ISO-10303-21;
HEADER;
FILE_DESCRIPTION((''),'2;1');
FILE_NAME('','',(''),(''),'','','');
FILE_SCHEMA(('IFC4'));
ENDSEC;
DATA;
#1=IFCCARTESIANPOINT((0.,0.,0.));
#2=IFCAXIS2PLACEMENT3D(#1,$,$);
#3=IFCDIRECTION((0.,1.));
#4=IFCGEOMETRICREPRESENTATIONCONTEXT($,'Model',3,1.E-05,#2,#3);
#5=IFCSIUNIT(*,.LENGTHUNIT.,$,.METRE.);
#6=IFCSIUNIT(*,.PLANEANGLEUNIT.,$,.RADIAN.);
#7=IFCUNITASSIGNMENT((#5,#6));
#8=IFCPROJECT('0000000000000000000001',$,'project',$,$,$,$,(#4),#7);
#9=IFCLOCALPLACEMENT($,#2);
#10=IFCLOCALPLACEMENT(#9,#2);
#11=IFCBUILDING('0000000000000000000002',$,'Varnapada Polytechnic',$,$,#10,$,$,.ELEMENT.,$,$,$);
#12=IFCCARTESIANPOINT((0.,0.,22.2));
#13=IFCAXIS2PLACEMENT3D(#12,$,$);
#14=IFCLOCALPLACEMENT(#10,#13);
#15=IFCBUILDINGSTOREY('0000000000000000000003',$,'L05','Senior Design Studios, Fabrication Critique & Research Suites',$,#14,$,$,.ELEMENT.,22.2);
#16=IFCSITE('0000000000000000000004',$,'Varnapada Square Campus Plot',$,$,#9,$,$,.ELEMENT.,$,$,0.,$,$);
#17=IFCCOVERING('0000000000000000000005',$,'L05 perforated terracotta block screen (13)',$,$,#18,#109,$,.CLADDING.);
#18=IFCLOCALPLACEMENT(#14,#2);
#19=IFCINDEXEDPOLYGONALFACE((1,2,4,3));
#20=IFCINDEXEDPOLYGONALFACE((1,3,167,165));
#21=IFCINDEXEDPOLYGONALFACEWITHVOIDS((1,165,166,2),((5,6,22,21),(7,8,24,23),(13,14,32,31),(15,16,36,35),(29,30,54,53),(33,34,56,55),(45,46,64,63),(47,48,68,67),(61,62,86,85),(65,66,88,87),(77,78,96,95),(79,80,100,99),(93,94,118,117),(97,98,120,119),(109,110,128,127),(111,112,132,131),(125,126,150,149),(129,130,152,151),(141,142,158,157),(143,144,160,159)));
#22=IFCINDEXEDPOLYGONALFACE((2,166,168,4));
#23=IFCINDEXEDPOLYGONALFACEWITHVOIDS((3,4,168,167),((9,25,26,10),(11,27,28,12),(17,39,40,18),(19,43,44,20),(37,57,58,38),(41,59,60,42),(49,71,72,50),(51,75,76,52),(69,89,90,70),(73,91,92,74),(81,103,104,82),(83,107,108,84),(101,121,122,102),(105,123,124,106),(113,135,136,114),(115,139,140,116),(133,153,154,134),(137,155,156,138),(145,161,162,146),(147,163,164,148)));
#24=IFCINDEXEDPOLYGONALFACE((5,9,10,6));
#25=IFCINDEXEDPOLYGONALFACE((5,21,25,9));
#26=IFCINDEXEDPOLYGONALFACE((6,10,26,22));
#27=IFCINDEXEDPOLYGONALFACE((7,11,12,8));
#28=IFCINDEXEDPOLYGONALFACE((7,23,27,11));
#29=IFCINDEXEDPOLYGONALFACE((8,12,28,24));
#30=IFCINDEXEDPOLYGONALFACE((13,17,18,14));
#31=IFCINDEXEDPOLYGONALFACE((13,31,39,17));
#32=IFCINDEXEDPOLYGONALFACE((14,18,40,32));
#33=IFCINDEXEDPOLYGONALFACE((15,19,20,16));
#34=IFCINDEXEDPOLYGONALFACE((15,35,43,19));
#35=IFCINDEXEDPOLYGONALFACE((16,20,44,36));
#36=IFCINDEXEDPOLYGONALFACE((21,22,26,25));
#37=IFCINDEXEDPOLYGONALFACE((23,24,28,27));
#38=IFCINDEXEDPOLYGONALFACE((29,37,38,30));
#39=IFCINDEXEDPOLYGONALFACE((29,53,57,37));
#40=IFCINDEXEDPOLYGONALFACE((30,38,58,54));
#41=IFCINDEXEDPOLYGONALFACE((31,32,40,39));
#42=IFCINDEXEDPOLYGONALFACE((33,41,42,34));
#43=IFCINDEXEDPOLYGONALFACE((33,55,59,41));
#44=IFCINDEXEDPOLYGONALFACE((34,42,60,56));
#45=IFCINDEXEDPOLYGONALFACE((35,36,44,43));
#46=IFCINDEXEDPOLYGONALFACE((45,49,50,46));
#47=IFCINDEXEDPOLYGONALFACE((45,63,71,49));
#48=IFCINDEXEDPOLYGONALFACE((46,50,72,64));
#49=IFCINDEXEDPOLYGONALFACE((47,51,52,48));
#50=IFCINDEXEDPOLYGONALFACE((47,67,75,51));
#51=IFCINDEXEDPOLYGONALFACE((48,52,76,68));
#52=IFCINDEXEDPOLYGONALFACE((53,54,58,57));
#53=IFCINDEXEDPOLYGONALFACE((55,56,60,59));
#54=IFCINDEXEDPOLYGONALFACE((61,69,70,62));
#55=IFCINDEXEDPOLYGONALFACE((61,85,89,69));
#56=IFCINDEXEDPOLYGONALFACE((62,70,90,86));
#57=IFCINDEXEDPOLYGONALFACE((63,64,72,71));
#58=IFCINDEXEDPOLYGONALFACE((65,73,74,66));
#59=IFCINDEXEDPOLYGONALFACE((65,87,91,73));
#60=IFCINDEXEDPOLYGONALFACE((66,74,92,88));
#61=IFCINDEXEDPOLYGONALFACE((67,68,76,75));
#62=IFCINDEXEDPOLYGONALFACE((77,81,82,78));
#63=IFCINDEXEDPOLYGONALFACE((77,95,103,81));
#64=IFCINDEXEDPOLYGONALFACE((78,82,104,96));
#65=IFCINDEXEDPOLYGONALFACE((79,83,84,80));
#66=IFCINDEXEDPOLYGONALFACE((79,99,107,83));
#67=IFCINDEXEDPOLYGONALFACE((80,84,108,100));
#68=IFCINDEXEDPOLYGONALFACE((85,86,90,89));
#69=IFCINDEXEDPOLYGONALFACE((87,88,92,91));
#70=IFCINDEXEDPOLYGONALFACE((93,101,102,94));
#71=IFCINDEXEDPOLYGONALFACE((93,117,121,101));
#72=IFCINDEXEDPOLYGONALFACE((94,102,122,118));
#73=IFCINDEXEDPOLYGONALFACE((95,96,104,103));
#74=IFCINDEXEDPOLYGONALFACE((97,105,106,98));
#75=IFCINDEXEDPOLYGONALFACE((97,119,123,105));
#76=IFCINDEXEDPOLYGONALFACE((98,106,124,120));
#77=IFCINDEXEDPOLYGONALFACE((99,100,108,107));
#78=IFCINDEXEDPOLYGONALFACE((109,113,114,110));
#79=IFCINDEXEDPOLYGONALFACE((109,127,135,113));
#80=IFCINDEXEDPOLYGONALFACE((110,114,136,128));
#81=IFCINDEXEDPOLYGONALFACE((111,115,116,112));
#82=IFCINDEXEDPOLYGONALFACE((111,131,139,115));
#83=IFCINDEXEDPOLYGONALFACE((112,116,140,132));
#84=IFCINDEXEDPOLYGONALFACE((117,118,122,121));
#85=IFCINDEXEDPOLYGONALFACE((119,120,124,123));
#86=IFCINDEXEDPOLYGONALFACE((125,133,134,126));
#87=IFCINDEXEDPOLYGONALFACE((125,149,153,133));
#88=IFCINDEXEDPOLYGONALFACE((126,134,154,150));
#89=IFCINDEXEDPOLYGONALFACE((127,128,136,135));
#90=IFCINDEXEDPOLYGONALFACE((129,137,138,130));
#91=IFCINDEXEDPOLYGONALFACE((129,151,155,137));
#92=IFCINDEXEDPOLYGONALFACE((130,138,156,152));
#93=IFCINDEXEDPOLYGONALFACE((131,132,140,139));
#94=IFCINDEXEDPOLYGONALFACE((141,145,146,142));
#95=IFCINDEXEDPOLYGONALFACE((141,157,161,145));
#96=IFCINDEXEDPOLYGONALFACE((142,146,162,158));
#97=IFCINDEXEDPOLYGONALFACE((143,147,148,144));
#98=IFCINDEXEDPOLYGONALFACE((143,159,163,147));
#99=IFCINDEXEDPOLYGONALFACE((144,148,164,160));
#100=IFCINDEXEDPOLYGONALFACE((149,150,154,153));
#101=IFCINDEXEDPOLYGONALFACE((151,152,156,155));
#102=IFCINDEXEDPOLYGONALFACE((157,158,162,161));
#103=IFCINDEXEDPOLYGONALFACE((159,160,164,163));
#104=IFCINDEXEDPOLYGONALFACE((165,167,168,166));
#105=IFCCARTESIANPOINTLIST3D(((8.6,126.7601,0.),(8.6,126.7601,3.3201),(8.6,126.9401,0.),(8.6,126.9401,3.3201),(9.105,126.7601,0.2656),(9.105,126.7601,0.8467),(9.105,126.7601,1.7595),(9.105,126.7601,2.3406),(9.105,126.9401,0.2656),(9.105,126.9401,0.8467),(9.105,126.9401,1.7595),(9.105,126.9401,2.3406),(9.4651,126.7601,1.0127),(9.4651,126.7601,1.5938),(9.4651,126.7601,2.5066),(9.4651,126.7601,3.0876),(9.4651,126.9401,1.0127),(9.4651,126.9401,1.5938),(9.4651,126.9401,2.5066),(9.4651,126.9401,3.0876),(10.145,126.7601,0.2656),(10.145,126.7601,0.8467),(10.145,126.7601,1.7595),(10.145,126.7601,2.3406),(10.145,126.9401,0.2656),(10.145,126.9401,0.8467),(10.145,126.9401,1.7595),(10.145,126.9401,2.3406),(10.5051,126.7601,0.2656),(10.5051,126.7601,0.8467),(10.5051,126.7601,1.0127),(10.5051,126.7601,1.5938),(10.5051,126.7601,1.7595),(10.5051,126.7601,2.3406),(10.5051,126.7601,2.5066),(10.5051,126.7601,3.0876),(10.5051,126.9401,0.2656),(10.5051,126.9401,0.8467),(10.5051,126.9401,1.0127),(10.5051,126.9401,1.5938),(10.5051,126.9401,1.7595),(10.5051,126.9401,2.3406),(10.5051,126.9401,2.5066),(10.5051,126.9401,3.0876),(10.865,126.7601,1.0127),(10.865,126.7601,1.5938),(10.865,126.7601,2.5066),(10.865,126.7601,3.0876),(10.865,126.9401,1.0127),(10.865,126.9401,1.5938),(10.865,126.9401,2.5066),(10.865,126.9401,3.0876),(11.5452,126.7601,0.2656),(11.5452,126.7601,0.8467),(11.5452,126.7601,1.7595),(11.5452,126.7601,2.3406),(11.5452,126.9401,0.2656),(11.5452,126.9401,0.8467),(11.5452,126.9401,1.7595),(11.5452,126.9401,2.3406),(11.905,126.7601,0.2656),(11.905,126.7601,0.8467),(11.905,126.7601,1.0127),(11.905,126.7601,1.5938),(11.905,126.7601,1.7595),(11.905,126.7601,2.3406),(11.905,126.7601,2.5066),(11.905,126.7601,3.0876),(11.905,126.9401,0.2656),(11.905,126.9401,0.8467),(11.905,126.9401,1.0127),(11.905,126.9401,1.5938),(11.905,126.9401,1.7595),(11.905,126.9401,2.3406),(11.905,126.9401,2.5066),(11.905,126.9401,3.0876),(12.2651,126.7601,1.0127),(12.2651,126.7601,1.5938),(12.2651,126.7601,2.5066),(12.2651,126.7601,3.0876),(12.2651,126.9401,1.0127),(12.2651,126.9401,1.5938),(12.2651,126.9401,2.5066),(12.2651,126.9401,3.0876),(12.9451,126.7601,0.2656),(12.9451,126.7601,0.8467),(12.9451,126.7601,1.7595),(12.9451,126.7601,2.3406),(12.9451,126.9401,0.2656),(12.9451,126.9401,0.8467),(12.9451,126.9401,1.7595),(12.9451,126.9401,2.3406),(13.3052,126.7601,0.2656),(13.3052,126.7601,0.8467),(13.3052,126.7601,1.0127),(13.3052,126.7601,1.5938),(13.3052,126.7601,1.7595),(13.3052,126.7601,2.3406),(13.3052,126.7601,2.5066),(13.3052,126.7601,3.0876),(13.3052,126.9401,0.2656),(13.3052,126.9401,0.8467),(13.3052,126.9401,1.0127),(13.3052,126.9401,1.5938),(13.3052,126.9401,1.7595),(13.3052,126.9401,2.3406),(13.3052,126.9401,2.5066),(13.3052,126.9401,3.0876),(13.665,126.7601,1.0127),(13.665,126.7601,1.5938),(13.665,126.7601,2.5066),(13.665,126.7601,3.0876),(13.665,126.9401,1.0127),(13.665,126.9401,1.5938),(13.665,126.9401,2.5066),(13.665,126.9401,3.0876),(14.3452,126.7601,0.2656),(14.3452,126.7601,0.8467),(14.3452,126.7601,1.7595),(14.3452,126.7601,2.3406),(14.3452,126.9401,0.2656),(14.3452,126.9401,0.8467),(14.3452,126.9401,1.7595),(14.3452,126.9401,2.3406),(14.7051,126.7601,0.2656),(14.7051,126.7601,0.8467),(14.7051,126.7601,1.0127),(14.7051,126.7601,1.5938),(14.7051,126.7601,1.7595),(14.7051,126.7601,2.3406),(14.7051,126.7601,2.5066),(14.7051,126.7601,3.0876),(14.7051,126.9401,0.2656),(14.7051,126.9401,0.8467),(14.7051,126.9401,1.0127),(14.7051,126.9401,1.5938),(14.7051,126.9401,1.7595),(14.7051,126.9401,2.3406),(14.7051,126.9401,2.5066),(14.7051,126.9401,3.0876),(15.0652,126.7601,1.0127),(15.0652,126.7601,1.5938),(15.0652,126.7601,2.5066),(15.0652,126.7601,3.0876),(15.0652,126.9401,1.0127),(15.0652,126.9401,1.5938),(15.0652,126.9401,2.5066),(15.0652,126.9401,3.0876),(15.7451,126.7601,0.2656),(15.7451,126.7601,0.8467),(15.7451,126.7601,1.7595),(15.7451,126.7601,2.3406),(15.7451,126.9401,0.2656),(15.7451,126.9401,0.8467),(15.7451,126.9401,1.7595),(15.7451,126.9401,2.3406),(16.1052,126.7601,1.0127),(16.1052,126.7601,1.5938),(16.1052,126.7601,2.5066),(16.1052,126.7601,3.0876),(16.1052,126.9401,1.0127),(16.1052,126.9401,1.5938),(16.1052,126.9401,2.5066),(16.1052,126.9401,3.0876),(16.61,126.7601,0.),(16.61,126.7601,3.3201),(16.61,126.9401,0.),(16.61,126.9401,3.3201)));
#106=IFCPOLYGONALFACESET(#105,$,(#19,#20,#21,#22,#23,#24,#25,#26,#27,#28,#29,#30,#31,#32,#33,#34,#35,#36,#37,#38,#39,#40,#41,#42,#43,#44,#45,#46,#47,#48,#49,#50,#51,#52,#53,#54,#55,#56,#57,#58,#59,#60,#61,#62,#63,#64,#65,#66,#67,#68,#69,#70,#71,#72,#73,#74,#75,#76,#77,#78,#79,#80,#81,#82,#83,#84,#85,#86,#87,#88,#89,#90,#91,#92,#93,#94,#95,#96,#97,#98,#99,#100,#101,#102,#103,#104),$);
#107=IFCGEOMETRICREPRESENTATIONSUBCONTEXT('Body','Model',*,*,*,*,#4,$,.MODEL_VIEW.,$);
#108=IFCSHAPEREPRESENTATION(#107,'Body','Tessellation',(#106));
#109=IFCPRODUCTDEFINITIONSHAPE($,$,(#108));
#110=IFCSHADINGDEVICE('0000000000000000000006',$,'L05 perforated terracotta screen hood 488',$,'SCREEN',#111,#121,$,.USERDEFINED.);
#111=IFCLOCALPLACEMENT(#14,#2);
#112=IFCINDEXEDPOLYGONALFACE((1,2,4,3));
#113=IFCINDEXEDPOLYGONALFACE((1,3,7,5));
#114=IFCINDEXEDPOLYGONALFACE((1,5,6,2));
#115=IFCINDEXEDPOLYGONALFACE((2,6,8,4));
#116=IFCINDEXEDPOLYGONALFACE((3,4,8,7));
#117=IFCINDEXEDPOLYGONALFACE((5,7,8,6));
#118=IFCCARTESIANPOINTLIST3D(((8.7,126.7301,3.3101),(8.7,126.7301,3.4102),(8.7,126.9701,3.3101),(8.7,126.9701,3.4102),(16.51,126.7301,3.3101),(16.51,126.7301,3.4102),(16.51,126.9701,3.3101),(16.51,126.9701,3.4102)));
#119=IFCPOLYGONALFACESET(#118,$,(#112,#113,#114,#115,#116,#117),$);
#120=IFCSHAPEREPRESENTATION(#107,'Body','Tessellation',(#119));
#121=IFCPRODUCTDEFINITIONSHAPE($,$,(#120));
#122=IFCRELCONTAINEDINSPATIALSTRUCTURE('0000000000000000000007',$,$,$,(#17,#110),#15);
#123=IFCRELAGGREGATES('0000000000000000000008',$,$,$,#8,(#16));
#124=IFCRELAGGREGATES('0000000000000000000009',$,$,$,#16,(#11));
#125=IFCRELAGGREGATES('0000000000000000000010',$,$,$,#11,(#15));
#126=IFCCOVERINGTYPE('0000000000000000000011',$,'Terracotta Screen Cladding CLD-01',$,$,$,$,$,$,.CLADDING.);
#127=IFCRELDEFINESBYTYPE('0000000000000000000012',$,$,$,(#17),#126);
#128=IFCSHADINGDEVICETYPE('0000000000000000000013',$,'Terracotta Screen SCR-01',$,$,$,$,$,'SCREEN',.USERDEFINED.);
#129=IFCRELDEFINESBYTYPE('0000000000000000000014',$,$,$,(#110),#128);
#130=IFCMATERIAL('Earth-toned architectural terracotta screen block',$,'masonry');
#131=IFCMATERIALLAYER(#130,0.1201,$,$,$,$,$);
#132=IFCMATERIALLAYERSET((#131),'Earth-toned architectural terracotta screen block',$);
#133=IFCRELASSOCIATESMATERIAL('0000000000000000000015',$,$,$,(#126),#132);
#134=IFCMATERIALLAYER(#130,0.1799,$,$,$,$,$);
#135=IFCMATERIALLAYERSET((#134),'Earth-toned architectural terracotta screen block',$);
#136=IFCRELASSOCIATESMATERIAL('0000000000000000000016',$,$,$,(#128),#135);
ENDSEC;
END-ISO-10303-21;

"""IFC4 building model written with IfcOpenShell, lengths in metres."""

from ifc_helpers import new_model, si_unit, direction, frame, frame_2d, origin, origin_2d, place, context, subcontext, project, spatial, rectangle, extrude, material, layer, layer_set, type_object, element, save


model = new_model("IFC4")

# Units and contexts
model_context = context("Model", 3, precision=1e-05, world=origin(), true_north=direction((0.0, 1.0)))
body_context = subcontext(model_context, "Body", "Model", "MODEL_VIEW")
ifc_project = project(units=[si_unit("LENGTHUNIT", "METRE"), si_unit("PLANEANGLEUNIT", "RADIAN")], contexts=[model_context])

# Site, building, storey
site_placement = place(None, origin())
site = spatial("IfcSite", under=ifc_project, at=site_placement, Name="Varnapada Square Campus Plot", CompositionType="ELEMENT", RefElevation=0.0)
building_placement = place(site_placement, origin())
building = spatial("IfcBuilding", under=site, at=building_placement, Name="Varnapada Polytechnic", CompositionType="ELEMENT")
storey_placement = place(building_placement, frame((0.0, 0.0, 22.2)))
storey = spatial("IfcBuildingStorey", under=building, at=storey_placement, Name="L05", Description="Senior Design Studios, Fabrication Critique & Research Suites", CompositionType="ELEMENT", Elevation=22.2)

# Covering, openings
ifc_material_1 = material(Name="Earth-toned architectural terracotta screen block", Category="masonry")
ifc_layer_1 = layer(ifc_material_1, 0.1201)
ifc_layer_set_1 = layer_set([ifc_layer_1], Name="Earth-toned architectural terracotta screen block")
covering_type_1 = type_object("IfcCoveringType", Name="Terracotta Screen Cladding CLD-01", PredefinedType="CLADDING", material=ifc_layer_set_1)
covering_1_placement = place(storey_placement, frame((8.6001, 126.8501, 0.0), z_axis=(0.0, 0.0, 1.0), x_axis=(1.0, 0.0, 0.0)))
covering_1 = element("IfcCovering", 1, at=covering_1_placement, inside=storey, type_object=covering_type_1, Name="L05 perforated terracotta block screen (13)", PredefinedType="CLADDING", context=body_context, shape_type="SweptSolid", body=[
    extrude(rectangle(XDim=8.01, YDim=0.1799, at=frame_2d((4.0049, 0.0))), origin(), (0.0, 0.0, 1.0), 3.3201),
])
opening_1_placement = place(covering_1_placement, frame((0.5049, 0.0, 0.2656)))
element("IfcOpeningElement", 2, at=opening_1_placement, cuts=covering_1, PredefinedType="OPENING", context=body_context, shape_type="SweptSolid", body=[
    extrude(rectangle(XDim=1.04, YDim=0.5811, at=frame_2d((0.52, 0.2905))), frame((0.0, 0.0999, 0.0), z_axis=(0.0, -1.0, 0.0), x_axis=(1.0, 0.0, 0.0)), (0.0, 0.0, 1.0), 0.2),
])
opening_2_placement = place(covering_1_placement, frame((1.905, 0.0, 0.2656)))
element("IfcOpeningElement", 3, at=opening_2_placement, cuts=covering_1, PredefinedType="OPENING", context=body_context, shape_type="SweptSolid", body=[
    extrude(rectangle(XDim=1.04, YDim=0.5811, at=frame_2d((0.52, 0.2905))), frame((0.0, 0.0999, 0.0), z_axis=(0.0, -1.0, 0.0), x_axis=(1.0, 0.0, 0.0)), (0.0, 0.0, 1.0), 0.2),
])
opening_3_placement = place(covering_1_placement, frame((3.3049, 0.0, 0.2656)))
element("IfcOpeningElement", 4, at=opening_3_placement, cuts=covering_1, PredefinedType="OPENING", context=body_context, shape_type="SweptSolid", body=[
    extrude(rectangle(XDim=1.04, YDim=0.5811, at=frame_2d((0.52, 0.2905))), frame((0.0, 0.0999, 0.0), z_axis=(0.0, -1.0, 0.0), x_axis=(1.0, 0.0, 0.0)), (0.0, 0.0, 1.0), 0.2),
])
opening_4_placement = place(covering_1_placement, frame((4.7051, 0.0, 0.2656)))
element("IfcOpeningElement", 5, at=opening_4_placement, cuts=covering_1, PredefinedType="OPENING", context=body_context, shape_type="SweptSolid", body=[
    extrude(rectangle(XDim=1.04, YDim=0.5811, at=frame_2d((0.52, 0.2905))), frame((0.0, 0.0999, 0.0), z_axis=(0.0, -1.0, 0.0), x_axis=(1.0, 0.0, 0.0)), (0.0, 0.0, 1.0), 0.2),
])
opening_5_placement = place(covering_1_placement, frame((6.105, 0.0, 0.2656)))
element("IfcOpeningElement", 6, at=opening_5_placement, cuts=covering_1, PredefinedType="OPENING", context=body_context, shape_type="SweptSolid", body=[
    extrude(rectangle(XDim=1.04, YDim=0.5811, at=frame_2d((0.52, 0.2905))), frame((0.0, 0.0999, 0.0), z_axis=(0.0, -1.0, 0.0), x_axis=(1.0, 0.0, 0.0)), (0.0, 0.0, 1.0), 0.2),
])
opening_6_placement = place(covering_1_placement, frame((0.865, 0.0, 1.0127)))
element("IfcOpeningElement", 7, at=opening_6_placement, cuts=covering_1, PredefinedType="OPENING", context=body_context, shape_type="SweptSolid", body=[
    extrude(rectangle(XDim=1.04, YDim=0.5811, at=frame_2d((0.52, 0.2905))), frame((0.0, 0.0999, 0.0), z_axis=(0.0, -1.0, 0.0), x_axis=(1.0, 0.0, 0.0)), (0.0, 0.0, 1.0), 0.2),
])
opening_7_placement = place(covering_1_placement, frame((2.2649, 0.0, 1.0127)))
element("IfcOpeningElement", 8, at=opening_7_placement, cuts=covering_1, PredefinedType="OPENING", context=body_context, shape_type="SweptSolid", body=[
    extrude(rectangle(XDim=1.04, YDim=0.5811, at=frame_2d((0.52, 0.2905))), frame((0.0, 0.0999, 0.0), z_axis=(0.0, -1.0, 0.0), x_axis=(1.0, 0.0, 0.0)), (0.0, 0.0, 1.0), 0.2),
])
opening_8_placement = place(covering_1_placement, frame((3.665, 0.0, 1.0127)))
element("IfcOpeningElement", 9, at=opening_8_placement, cuts=covering_1, PredefinedType="OPENING", context=body_context, shape_type="SweptSolid", body=[
    extrude(rectangle(XDim=1.04, YDim=0.5811, at=frame_2d((0.52, 0.2905))), frame((0.0, 0.0999, 0.0), z_axis=(0.0, -1.0, 0.0), x_axis=(1.0, 0.0, 0.0)), (0.0, 0.0, 1.0), 0.2),
])
opening_9_placement = place(covering_1_placement, frame((5.0649, 0.0, 1.0127)))
element("IfcOpeningElement", 10, at=opening_9_placement, cuts=covering_1, PredefinedType="OPENING", context=body_context, shape_type="SweptSolid", body=[
    extrude(rectangle(XDim=1.04, YDim=0.5811, at=frame_2d((0.52, 0.2905))), frame((0.0, 0.0999, 0.0), z_axis=(0.0, -1.0, 0.0), x_axis=(1.0, 0.0, 0.0)), (0.0, 0.0, 1.0), 0.2),
])
opening_10_placement = place(covering_1_placement, frame((6.4651, 0.0, 1.0127)))
element("IfcOpeningElement", 11, at=opening_10_placement, cuts=covering_1, PredefinedType="OPENING", context=body_context, shape_type="SweptSolid", body=[
    extrude(rectangle(XDim=1.04, YDim=0.5811, at=frame_2d((0.52, 0.2905))), frame((0.0, 0.0999, 0.0), z_axis=(0.0, -1.0, 0.0), x_axis=(1.0, 0.0, 0.0)), (0.0, 0.0, 1.0), 0.2),
])
opening_11_placement = place(covering_1_placement, frame((0.5049, 0.0, 1.7595)))
element("IfcOpeningElement", 12, at=opening_11_placement, cuts=covering_1, PredefinedType="OPENING", context=body_context, shape_type="SweptSolid", body=[
    extrude(rectangle(XDim=1.04, YDim=0.5811, at=frame_2d((0.52, 0.2905))), frame((0.0, 0.0999, 0.0), z_axis=(0.0, -1.0, 0.0), x_axis=(1.0, 0.0, 0.0)), (0.0, 0.0, 1.0), 0.2),
])
opening_12_placement = place(covering_1_placement, frame((1.905, 0.0, 1.7595)))
element("IfcOpeningElement", 13, at=opening_12_placement, cuts=covering_1, PredefinedType="OPENING", context=body_context, shape_type="SweptSolid", body=[
    extrude(rectangle(XDim=1.04, YDim=0.5811, at=frame_2d((0.52, 0.2905))), frame((0.0, 0.0999, 0.0), z_axis=(0.0, -1.0, 0.0), x_axis=(1.0, 0.0, 0.0)), (0.0, 0.0, 1.0), 0.2),
])
opening_13_placement = place(covering_1_placement, frame((3.3049, 0.0, 1.7595)))
element("IfcOpeningElement", 14, at=opening_13_placement, cuts=covering_1, PredefinedType="OPENING", context=body_context, shape_type="SweptSolid", body=[
    extrude(rectangle(XDim=1.04, YDim=0.5811, at=frame_2d((0.52, 0.2905))), frame((0.0, 0.0999, 0.0), z_axis=(0.0, -1.0, 0.0), x_axis=(1.0, 0.0, 0.0)), (0.0, 0.0, 1.0), 0.2),
])
opening_14_placement = place(covering_1_placement, frame((4.7051, 0.0, 1.7595)))
element("IfcOpeningElement", 15, at=opening_14_placement, cuts=covering_1, PredefinedType="OPENING", context=body_context, shape_type="SweptSolid", body=[
    extrude(rectangle(XDim=1.04, YDim=0.5811, at=frame_2d((0.52, 0.2905))), frame((0.0, 0.0999, 0.0), z_axis=(0.0, -1.0, 0.0), x_axis=(1.0, 0.0, 0.0)), (0.0, 0.0, 1.0), 0.2),
])
opening_15_placement = place(covering_1_placement, frame((6.105, 0.0, 1.7595)))
element("IfcOpeningElement", 16, at=opening_15_placement, cuts=covering_1, PredefinedType="OPENING", context=body_context, shape_type="SweptSolid", body=[
    extrude(rectangle(XDim=1.04, YDim=0.5811, at=frame_2d((0.52, 0.2905))), frame((0.0, 0.0999, 0.0), z_axis=(0.0, -1.0, 0.0), x_axis=(1.0, 0.0, 0.0)), (0.0, 0.0, 1.0), 0.2),
])
opening_16_placement = place(covering_1_placement, frame((0.865, 0.0, 2.5066)))
element("IfcOpeningElement", 17, at=opening_16_placement, cuts=covering_1, PredefinedType="OPENING", context=body_context, shape_type="SweptSolid", body=[
    extrude(rectangle(XDim=1.04, YDim=0.5811, at=frame_2d((0.52, 0.2905))), frame((0.0, 0.0999, 0.0), z_axis=(0.0, -1.0, 0.0), x_axis=(1.0, 0.0, 0.0)), (0.0, 0.0, 1.0), 0.2),
])
opening_17_placement = place(covering_1_placement, frame((2.2649, 0.0, 2.5066)))
element("IfcOpeningElement", 18, at=opening_17_placement, cuts=covering_1, PredefinedType="OPENING", context=body_context, shape_type="SweptSolid", body=[
    extrude(rectangle(XDim=1.04, YDim=0.5811, at=frame_2d((0.52, 0.2905))), frame((0.0, 0.0999, 0.0), z_axis=(0.0, -1.0, 0.0), x_axis=(1.0, 0.0, 0.0)), (0.0, 0.0, 1.0), 0.2),
])
opening_18_placement = place(covering_1_placement, frame((3.665, 0.0, 2.5066)))
element("IfcOpeningElement", 19, at=opening_18_placement, cuts=covering_1, PredefinedType="OPENING", context=body_context, shape_type="SweptSolid", body=[
    extrude(rectangle(XDim=1.04, YDim=0.5811, at=frame_2d((0.52, 0.2905))), frame((0.0, 0.0999, 0.0), z_axis=(0.0, -1.0, 0.0), x_axis=(1.0, 0.0, 0.0)), (0.0, 0.0, 1.0), 0.2),
])
opening_19_placement = place(covering_1_placement, frame((5.0649, 0.0, 2.5066)))
element("IfcOpeningElement", 20, at=opening_19_placement, cuts=covering_1, PredefinedType="OPENING", context=body_context, shape_type="SweptSolid", body=[
    extrude(rectangle(XDim=1.04, YDim=0.5811, at=frame_2d((0.52, 0.2905))), frame((0.0, 0.0999, 0.0), z_axis=(0.0, -1.0, 0.0), x_axis=(1.0, 0.0, 0.0)), (0.0, 0.0, 1.0), 0.2),
])
opening_20_placement = place(covering_1_placement, frame((6.4651, 0.0, 2.5066)))
element("IfcOpeningElement", 21, at=opening_20_placement, cuts=covering_1, PredefinedType="OPENING", context=body_context, shape_type="SweptSolid", body=[
    extrude(rectangle(XDim=1.04, YDim=0.5811, at=frame_2d((0.52, 0.2905))), frame((0.0, 0.0999, 0.0), z_axis=(0.0, -1.0, 0.0), x_axis=(1.0, 0.0, 0.0)), (0.0, 0.0, 1.0), 0.2),
])

# Shading device
ifc_layer_2 = layer(ifc_material_1, 0.1799)
ifc_layer_set_2 = layer_set([ifc_layer_2], Name="Earth-toned architectural terracotta screen block")
shading_device_type_1 = type_object("IfcShadingDeviceType", Name="Terracotta Screen SCR-01", ElementType="SCREEN", PredefinedType="USERDEFINED", material=ifc_layer_set_2)
shading_device_1_placement = place(storey_placement, frame((12.605, 126.8501, 3.3101), z_axis=(0.0, 0.0, 1.0), x_axis=(1.0, 0.0, 0.0)))
element("IfcShadingDevice", 22, at=shading_device_1_placement, inside=storey, type_object=shading_device_type_1, Name="L05 perforated terracotta screen hood 488", ObjectType="SCREEN", PredefinedType="USERDEFINED", context=body_context, shape_type="SweptSolid", body=[
    extrude(rectangle(XDim=7.8101, YDim=0.24, at=origin_2d()), origin(), (0.0, 0.0, 1.0), 0.1001),
])

save(model, "model.ifc")
